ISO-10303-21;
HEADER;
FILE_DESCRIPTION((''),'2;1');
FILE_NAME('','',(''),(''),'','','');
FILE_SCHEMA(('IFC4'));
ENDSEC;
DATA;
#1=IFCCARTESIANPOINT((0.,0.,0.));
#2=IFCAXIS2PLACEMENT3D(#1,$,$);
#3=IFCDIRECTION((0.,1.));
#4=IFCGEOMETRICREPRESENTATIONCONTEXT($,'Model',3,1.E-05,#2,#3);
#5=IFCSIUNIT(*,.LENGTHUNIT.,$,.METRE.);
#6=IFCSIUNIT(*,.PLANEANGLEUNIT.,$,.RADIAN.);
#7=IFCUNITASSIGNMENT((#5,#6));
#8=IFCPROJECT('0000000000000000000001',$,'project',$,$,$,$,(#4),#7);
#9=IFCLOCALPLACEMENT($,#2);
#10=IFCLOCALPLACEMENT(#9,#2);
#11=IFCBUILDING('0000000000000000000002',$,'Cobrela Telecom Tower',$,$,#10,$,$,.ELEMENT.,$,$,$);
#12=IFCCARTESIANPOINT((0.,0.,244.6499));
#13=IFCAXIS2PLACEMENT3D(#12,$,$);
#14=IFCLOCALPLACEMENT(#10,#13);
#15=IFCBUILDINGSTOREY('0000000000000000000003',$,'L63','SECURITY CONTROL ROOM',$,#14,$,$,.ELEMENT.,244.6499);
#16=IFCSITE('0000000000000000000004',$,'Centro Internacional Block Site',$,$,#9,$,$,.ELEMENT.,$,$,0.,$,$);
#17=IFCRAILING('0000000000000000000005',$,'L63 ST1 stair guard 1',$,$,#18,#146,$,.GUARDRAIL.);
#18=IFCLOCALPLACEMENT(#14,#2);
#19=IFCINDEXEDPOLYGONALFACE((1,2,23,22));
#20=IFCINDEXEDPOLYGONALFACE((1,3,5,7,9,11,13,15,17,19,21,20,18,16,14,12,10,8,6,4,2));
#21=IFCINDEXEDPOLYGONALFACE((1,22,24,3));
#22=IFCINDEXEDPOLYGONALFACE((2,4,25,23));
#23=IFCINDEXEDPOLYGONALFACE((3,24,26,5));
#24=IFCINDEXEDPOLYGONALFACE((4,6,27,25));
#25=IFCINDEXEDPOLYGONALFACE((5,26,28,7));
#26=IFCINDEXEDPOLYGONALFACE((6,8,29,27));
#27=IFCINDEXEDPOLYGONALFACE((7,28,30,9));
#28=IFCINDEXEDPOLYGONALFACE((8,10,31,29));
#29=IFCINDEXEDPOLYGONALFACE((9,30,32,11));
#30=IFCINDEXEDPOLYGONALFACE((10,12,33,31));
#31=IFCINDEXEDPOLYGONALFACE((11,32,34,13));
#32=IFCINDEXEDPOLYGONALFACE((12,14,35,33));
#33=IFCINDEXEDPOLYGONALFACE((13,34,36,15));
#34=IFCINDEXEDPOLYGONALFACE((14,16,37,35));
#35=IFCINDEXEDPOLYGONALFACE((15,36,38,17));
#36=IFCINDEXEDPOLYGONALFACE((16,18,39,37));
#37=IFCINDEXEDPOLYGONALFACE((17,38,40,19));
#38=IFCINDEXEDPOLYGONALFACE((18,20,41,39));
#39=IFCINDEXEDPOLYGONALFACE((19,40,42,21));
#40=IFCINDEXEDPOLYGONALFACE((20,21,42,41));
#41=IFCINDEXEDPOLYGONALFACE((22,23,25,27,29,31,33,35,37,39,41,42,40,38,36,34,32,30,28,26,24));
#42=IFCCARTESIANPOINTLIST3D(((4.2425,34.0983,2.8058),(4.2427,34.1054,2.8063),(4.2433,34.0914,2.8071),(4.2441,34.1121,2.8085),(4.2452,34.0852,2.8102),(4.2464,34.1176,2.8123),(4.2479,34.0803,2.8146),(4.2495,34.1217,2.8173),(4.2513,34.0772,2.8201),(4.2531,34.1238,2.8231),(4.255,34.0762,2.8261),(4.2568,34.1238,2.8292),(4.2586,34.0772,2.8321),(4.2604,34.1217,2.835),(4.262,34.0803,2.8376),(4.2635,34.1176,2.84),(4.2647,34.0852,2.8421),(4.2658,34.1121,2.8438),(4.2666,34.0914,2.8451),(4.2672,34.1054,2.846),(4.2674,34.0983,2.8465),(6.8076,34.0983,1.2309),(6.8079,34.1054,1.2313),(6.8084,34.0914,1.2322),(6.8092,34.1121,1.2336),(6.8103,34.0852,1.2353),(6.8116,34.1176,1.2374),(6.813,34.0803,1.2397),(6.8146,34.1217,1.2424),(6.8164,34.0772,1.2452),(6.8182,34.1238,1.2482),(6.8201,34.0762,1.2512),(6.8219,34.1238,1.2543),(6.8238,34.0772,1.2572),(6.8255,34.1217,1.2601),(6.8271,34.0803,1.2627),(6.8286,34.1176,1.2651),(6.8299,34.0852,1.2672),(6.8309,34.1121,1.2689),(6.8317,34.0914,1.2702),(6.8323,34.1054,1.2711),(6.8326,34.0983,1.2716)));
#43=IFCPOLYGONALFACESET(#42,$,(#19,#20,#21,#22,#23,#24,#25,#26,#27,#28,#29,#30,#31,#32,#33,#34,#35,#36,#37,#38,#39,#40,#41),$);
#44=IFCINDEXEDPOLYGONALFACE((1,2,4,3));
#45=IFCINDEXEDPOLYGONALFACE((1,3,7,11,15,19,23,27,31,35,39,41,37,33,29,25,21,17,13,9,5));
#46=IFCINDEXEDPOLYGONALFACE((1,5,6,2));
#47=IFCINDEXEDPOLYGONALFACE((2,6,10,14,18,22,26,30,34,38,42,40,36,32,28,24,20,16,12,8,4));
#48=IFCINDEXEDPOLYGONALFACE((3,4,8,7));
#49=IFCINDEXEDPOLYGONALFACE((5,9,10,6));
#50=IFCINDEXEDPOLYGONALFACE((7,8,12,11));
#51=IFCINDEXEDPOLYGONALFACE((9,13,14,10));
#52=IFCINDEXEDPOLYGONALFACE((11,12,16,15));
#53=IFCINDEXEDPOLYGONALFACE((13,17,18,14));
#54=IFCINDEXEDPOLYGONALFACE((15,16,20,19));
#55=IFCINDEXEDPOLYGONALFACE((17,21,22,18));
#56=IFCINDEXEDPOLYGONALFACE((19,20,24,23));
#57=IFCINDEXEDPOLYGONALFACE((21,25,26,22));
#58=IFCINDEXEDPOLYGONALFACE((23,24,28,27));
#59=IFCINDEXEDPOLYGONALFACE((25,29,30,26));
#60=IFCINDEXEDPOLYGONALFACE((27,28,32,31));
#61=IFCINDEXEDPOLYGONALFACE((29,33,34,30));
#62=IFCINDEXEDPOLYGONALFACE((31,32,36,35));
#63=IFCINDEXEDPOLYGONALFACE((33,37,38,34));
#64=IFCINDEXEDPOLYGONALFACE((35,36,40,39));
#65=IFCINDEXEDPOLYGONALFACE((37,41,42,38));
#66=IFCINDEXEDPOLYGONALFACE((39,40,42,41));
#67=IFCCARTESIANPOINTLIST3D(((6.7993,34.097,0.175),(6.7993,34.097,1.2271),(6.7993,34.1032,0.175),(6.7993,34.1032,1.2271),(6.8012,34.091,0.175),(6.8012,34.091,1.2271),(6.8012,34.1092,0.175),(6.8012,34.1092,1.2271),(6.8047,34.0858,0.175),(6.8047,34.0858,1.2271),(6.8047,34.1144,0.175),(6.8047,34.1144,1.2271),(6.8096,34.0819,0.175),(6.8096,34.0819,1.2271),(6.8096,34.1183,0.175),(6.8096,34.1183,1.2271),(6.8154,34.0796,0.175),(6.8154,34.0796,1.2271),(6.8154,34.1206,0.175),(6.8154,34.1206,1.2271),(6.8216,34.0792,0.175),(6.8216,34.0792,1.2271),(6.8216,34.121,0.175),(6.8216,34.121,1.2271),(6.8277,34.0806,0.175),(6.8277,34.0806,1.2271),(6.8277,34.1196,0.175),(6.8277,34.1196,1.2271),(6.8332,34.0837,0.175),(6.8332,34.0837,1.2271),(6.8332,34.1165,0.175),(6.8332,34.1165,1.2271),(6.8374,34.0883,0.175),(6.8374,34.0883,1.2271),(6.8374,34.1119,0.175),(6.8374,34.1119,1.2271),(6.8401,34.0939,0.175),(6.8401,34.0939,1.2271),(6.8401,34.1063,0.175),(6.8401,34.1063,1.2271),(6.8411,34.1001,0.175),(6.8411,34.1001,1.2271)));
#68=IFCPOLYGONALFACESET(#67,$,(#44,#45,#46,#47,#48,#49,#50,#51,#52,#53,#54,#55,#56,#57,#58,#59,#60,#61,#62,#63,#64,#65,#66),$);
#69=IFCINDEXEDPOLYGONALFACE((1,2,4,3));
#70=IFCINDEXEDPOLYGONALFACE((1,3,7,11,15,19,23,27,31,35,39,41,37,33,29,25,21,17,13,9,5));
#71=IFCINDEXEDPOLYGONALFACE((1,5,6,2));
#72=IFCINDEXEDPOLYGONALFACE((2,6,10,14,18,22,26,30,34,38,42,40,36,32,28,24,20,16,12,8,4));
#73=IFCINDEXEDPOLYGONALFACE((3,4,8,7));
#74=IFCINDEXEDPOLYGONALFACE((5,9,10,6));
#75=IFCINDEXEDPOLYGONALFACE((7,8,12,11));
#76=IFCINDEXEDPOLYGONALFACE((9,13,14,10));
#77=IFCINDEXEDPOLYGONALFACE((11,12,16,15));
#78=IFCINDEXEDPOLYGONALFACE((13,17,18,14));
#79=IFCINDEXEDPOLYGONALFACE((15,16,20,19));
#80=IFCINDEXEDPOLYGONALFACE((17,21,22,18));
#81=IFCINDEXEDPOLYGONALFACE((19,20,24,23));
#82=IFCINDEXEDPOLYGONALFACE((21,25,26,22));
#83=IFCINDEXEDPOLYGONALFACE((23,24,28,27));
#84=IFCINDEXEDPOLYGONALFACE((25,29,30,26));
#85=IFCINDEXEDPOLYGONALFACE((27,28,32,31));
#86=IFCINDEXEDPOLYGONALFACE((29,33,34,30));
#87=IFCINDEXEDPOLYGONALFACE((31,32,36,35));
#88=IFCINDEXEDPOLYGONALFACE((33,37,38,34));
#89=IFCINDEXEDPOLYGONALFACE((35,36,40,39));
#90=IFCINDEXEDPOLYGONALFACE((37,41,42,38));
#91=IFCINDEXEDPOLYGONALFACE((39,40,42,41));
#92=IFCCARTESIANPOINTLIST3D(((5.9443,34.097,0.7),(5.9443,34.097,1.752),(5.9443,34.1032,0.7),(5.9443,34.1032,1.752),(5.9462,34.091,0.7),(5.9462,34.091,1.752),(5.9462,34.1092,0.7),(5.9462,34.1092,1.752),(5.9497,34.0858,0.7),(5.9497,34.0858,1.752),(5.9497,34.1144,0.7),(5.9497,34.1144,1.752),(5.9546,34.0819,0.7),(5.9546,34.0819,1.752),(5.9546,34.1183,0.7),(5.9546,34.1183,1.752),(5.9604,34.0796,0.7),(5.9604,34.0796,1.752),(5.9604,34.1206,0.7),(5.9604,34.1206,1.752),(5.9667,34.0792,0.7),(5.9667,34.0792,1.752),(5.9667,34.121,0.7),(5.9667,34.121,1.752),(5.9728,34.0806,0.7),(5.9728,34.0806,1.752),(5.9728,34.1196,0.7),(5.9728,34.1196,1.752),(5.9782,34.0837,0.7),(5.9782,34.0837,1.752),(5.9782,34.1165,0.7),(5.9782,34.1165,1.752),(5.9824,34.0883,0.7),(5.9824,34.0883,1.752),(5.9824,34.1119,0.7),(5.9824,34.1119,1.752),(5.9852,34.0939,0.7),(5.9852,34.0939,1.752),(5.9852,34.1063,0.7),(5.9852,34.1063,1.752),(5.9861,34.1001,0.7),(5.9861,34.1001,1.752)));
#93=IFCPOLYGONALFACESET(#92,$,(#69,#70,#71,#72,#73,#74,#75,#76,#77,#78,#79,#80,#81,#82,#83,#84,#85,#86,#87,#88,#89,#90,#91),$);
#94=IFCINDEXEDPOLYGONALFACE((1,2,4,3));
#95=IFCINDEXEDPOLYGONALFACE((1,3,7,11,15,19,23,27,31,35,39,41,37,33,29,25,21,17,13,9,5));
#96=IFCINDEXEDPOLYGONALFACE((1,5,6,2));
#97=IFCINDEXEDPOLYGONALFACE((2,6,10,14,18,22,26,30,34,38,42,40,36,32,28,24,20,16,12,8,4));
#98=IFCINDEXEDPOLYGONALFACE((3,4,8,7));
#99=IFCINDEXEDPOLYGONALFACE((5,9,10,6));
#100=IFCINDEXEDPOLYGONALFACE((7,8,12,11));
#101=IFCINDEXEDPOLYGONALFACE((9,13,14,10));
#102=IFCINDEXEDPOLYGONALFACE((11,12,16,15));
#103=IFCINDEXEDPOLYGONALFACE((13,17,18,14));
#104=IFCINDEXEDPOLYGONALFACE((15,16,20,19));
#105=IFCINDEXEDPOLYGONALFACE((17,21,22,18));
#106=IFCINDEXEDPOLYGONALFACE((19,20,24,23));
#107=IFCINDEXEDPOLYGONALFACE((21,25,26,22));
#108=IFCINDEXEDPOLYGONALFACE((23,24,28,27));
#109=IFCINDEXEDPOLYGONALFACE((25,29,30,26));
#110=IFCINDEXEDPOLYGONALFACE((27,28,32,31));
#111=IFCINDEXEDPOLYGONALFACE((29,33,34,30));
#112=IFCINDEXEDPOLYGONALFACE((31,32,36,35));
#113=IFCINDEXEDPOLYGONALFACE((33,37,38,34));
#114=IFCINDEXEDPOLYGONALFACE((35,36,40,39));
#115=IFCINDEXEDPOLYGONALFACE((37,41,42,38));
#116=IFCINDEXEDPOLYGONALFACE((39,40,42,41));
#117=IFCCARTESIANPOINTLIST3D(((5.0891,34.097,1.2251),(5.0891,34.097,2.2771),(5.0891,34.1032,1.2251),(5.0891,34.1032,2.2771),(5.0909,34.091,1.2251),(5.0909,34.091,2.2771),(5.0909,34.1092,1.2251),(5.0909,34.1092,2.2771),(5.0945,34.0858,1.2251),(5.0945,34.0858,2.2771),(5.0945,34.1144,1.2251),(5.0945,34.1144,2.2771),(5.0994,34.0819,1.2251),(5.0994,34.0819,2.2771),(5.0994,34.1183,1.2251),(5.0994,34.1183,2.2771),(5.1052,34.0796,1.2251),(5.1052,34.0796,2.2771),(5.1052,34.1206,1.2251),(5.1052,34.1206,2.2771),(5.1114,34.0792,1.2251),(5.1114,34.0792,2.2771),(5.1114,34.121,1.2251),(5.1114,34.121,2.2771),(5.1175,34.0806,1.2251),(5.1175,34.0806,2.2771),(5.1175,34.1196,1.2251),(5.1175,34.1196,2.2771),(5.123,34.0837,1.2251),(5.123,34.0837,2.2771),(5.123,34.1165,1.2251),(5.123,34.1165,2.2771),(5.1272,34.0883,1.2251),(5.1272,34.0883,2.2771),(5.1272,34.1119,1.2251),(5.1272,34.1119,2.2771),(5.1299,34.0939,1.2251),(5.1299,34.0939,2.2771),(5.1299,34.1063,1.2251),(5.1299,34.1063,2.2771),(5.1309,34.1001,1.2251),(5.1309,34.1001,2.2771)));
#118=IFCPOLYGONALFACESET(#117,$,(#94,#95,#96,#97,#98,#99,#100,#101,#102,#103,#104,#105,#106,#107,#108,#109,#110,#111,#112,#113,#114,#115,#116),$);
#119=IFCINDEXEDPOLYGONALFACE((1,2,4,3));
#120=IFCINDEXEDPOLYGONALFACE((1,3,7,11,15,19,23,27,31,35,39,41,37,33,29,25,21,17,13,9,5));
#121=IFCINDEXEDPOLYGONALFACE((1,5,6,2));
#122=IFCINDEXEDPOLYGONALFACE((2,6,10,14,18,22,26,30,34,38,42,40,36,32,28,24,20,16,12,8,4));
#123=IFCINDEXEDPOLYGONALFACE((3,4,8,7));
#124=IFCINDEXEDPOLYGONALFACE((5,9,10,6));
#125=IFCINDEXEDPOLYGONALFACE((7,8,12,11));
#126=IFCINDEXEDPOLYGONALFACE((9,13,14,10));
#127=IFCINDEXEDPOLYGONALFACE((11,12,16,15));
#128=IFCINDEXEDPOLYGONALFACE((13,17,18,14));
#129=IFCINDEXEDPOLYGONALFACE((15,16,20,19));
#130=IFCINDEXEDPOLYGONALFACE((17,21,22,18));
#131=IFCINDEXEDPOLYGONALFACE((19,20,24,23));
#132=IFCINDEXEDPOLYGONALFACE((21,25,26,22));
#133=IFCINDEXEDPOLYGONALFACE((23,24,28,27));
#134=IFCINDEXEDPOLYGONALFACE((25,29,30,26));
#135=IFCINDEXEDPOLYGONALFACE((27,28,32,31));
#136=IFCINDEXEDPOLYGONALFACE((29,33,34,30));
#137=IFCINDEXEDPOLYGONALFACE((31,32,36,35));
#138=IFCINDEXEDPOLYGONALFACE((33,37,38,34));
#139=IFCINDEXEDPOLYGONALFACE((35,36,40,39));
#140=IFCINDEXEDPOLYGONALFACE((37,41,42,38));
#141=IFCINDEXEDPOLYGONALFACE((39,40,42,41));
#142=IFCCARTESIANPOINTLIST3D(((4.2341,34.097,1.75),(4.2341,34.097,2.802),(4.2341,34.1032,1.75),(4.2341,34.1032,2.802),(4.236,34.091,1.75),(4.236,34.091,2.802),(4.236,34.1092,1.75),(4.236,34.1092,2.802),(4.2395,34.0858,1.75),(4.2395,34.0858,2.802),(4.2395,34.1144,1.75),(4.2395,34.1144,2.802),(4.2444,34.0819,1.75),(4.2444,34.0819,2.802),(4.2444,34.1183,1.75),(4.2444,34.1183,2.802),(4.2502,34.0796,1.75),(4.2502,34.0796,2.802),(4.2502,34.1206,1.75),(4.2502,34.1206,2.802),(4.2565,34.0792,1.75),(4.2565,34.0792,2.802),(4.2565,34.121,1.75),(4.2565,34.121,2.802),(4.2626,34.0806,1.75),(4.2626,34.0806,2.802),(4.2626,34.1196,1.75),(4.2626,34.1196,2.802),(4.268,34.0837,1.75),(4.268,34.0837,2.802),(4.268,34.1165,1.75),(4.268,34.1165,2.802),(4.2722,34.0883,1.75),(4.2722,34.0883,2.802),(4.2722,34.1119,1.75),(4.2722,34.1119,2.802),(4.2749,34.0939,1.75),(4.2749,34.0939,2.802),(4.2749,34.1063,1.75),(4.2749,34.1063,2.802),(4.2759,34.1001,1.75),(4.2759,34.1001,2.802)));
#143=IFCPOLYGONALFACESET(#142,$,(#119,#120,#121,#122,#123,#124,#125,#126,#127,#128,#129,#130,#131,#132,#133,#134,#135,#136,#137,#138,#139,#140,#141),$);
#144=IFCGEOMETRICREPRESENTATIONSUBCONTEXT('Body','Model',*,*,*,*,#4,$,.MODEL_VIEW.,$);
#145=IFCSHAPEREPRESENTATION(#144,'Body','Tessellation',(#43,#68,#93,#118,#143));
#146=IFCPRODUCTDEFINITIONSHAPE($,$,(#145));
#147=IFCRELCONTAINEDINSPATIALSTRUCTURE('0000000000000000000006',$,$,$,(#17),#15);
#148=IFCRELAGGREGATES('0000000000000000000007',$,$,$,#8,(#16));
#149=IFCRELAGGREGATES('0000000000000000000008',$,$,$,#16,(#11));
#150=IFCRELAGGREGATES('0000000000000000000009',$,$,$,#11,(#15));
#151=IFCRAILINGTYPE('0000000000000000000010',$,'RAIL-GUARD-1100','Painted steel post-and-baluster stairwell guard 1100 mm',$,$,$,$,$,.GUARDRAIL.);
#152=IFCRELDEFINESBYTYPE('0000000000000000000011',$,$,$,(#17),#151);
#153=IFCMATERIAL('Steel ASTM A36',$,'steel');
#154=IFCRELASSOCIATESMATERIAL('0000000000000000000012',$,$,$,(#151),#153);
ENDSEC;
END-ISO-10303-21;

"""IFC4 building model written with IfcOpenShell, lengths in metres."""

from ifc_helpers import new_model, si_unit, direction, frame, origin, origin_2d, place, context, subcontext, project, spatial, circle, extrude, material, type_object, element, save


model = new_model("IFC4")

# Units and contexts
model_context = context("Model", 3, precision=1e-05, world=origin(), true_north=direction((0.0, 1.0)))
body_context = subcontext(model_context, "Body", "Model", "MODEL_VIEW")
ifc_project = project(units=[si_unit("LENGTHUNIT", "METRE"), si_unit("PLANEANGLEUNIT", "RADIAN")], contexts=[model_context])

# Site, building, storey
site_placement = place(None, origin())
site = spatial("IfcSite", under=ifc_project, at=site_placement, Name="Centro Internacional Block Site", CompositionType="ELEMENT", RefElevation=0.0)
building_placement = place(site_placement, origin())
building = spatial("IfcBuilding", under=site, at=building_placement, Name="Cobrela Telecom Tower", CompositionType="ELEMENT")
storey_placement = place(building_placement, frame((0.0, 0.0, 244.6499)))
storey = spatial("IfcBuildingStorey", under=building, at=storey_placement, Name="L63", Description="SECURITY CONTROL ROOM", CompositionType="ELEMENT", Elevation=244.6499)

# Shared definitions
ifc_material_1 = material(Name="Steel ASTM A36", Category="steel")

# Railing
railing_type_1 = type_object("IfcRailingType", Name="RAIL-GUARD-1100", Description="Painted steel post-and-baluster stairwell guard 1100 mm", PredefinedType="GUARDRAIL", material=ifc_material_1)
railing_1_placement = place(storey_placement, frame((6.8201, 34.1001, 0.175)))
element("IfcRailing", 1, at=railing_1_placement, inside=storey, type_object=railing_type_1, Name="L63 ST1 stair guard 1", PredefinedType="GUARDRAIL", context=body_context, shape_type="SweptSolid", body=[
    extrude(circle(Radius=0.0239, at=origin_2d()), frame((0.0, 0.0, 1.0762), z_axis=(-0.852195, 0.0, 0.523224), x_axis=(0.0, -1.0, 0.0)), (0.0, 0.0, 1.0), 3.01),
    extrude(circle(Radius=0.021, at=origin_2d()), origin(), (0.0, 0.0, 1.0), 1.052),
    extrude(circle(Radius=0.021, at=origin_2d()), frame((-0.855, 0.0, 0.5249)), (0.0, 0.0, 1.0), 1.052),
    extrude(circle(Radius=0.021, at=origin_2d()), frame((-1.7102, 0.0, 1.05)), (0.0, 0.0, 1.0), 1.052),
    extrude(circle(Radius=0.021, at=origin_2d()), frame((-2.5652, 0.0, 1.575)), (0.0, 0.0, 1.0), 1.052),
])

save(model, "model.ifc")
